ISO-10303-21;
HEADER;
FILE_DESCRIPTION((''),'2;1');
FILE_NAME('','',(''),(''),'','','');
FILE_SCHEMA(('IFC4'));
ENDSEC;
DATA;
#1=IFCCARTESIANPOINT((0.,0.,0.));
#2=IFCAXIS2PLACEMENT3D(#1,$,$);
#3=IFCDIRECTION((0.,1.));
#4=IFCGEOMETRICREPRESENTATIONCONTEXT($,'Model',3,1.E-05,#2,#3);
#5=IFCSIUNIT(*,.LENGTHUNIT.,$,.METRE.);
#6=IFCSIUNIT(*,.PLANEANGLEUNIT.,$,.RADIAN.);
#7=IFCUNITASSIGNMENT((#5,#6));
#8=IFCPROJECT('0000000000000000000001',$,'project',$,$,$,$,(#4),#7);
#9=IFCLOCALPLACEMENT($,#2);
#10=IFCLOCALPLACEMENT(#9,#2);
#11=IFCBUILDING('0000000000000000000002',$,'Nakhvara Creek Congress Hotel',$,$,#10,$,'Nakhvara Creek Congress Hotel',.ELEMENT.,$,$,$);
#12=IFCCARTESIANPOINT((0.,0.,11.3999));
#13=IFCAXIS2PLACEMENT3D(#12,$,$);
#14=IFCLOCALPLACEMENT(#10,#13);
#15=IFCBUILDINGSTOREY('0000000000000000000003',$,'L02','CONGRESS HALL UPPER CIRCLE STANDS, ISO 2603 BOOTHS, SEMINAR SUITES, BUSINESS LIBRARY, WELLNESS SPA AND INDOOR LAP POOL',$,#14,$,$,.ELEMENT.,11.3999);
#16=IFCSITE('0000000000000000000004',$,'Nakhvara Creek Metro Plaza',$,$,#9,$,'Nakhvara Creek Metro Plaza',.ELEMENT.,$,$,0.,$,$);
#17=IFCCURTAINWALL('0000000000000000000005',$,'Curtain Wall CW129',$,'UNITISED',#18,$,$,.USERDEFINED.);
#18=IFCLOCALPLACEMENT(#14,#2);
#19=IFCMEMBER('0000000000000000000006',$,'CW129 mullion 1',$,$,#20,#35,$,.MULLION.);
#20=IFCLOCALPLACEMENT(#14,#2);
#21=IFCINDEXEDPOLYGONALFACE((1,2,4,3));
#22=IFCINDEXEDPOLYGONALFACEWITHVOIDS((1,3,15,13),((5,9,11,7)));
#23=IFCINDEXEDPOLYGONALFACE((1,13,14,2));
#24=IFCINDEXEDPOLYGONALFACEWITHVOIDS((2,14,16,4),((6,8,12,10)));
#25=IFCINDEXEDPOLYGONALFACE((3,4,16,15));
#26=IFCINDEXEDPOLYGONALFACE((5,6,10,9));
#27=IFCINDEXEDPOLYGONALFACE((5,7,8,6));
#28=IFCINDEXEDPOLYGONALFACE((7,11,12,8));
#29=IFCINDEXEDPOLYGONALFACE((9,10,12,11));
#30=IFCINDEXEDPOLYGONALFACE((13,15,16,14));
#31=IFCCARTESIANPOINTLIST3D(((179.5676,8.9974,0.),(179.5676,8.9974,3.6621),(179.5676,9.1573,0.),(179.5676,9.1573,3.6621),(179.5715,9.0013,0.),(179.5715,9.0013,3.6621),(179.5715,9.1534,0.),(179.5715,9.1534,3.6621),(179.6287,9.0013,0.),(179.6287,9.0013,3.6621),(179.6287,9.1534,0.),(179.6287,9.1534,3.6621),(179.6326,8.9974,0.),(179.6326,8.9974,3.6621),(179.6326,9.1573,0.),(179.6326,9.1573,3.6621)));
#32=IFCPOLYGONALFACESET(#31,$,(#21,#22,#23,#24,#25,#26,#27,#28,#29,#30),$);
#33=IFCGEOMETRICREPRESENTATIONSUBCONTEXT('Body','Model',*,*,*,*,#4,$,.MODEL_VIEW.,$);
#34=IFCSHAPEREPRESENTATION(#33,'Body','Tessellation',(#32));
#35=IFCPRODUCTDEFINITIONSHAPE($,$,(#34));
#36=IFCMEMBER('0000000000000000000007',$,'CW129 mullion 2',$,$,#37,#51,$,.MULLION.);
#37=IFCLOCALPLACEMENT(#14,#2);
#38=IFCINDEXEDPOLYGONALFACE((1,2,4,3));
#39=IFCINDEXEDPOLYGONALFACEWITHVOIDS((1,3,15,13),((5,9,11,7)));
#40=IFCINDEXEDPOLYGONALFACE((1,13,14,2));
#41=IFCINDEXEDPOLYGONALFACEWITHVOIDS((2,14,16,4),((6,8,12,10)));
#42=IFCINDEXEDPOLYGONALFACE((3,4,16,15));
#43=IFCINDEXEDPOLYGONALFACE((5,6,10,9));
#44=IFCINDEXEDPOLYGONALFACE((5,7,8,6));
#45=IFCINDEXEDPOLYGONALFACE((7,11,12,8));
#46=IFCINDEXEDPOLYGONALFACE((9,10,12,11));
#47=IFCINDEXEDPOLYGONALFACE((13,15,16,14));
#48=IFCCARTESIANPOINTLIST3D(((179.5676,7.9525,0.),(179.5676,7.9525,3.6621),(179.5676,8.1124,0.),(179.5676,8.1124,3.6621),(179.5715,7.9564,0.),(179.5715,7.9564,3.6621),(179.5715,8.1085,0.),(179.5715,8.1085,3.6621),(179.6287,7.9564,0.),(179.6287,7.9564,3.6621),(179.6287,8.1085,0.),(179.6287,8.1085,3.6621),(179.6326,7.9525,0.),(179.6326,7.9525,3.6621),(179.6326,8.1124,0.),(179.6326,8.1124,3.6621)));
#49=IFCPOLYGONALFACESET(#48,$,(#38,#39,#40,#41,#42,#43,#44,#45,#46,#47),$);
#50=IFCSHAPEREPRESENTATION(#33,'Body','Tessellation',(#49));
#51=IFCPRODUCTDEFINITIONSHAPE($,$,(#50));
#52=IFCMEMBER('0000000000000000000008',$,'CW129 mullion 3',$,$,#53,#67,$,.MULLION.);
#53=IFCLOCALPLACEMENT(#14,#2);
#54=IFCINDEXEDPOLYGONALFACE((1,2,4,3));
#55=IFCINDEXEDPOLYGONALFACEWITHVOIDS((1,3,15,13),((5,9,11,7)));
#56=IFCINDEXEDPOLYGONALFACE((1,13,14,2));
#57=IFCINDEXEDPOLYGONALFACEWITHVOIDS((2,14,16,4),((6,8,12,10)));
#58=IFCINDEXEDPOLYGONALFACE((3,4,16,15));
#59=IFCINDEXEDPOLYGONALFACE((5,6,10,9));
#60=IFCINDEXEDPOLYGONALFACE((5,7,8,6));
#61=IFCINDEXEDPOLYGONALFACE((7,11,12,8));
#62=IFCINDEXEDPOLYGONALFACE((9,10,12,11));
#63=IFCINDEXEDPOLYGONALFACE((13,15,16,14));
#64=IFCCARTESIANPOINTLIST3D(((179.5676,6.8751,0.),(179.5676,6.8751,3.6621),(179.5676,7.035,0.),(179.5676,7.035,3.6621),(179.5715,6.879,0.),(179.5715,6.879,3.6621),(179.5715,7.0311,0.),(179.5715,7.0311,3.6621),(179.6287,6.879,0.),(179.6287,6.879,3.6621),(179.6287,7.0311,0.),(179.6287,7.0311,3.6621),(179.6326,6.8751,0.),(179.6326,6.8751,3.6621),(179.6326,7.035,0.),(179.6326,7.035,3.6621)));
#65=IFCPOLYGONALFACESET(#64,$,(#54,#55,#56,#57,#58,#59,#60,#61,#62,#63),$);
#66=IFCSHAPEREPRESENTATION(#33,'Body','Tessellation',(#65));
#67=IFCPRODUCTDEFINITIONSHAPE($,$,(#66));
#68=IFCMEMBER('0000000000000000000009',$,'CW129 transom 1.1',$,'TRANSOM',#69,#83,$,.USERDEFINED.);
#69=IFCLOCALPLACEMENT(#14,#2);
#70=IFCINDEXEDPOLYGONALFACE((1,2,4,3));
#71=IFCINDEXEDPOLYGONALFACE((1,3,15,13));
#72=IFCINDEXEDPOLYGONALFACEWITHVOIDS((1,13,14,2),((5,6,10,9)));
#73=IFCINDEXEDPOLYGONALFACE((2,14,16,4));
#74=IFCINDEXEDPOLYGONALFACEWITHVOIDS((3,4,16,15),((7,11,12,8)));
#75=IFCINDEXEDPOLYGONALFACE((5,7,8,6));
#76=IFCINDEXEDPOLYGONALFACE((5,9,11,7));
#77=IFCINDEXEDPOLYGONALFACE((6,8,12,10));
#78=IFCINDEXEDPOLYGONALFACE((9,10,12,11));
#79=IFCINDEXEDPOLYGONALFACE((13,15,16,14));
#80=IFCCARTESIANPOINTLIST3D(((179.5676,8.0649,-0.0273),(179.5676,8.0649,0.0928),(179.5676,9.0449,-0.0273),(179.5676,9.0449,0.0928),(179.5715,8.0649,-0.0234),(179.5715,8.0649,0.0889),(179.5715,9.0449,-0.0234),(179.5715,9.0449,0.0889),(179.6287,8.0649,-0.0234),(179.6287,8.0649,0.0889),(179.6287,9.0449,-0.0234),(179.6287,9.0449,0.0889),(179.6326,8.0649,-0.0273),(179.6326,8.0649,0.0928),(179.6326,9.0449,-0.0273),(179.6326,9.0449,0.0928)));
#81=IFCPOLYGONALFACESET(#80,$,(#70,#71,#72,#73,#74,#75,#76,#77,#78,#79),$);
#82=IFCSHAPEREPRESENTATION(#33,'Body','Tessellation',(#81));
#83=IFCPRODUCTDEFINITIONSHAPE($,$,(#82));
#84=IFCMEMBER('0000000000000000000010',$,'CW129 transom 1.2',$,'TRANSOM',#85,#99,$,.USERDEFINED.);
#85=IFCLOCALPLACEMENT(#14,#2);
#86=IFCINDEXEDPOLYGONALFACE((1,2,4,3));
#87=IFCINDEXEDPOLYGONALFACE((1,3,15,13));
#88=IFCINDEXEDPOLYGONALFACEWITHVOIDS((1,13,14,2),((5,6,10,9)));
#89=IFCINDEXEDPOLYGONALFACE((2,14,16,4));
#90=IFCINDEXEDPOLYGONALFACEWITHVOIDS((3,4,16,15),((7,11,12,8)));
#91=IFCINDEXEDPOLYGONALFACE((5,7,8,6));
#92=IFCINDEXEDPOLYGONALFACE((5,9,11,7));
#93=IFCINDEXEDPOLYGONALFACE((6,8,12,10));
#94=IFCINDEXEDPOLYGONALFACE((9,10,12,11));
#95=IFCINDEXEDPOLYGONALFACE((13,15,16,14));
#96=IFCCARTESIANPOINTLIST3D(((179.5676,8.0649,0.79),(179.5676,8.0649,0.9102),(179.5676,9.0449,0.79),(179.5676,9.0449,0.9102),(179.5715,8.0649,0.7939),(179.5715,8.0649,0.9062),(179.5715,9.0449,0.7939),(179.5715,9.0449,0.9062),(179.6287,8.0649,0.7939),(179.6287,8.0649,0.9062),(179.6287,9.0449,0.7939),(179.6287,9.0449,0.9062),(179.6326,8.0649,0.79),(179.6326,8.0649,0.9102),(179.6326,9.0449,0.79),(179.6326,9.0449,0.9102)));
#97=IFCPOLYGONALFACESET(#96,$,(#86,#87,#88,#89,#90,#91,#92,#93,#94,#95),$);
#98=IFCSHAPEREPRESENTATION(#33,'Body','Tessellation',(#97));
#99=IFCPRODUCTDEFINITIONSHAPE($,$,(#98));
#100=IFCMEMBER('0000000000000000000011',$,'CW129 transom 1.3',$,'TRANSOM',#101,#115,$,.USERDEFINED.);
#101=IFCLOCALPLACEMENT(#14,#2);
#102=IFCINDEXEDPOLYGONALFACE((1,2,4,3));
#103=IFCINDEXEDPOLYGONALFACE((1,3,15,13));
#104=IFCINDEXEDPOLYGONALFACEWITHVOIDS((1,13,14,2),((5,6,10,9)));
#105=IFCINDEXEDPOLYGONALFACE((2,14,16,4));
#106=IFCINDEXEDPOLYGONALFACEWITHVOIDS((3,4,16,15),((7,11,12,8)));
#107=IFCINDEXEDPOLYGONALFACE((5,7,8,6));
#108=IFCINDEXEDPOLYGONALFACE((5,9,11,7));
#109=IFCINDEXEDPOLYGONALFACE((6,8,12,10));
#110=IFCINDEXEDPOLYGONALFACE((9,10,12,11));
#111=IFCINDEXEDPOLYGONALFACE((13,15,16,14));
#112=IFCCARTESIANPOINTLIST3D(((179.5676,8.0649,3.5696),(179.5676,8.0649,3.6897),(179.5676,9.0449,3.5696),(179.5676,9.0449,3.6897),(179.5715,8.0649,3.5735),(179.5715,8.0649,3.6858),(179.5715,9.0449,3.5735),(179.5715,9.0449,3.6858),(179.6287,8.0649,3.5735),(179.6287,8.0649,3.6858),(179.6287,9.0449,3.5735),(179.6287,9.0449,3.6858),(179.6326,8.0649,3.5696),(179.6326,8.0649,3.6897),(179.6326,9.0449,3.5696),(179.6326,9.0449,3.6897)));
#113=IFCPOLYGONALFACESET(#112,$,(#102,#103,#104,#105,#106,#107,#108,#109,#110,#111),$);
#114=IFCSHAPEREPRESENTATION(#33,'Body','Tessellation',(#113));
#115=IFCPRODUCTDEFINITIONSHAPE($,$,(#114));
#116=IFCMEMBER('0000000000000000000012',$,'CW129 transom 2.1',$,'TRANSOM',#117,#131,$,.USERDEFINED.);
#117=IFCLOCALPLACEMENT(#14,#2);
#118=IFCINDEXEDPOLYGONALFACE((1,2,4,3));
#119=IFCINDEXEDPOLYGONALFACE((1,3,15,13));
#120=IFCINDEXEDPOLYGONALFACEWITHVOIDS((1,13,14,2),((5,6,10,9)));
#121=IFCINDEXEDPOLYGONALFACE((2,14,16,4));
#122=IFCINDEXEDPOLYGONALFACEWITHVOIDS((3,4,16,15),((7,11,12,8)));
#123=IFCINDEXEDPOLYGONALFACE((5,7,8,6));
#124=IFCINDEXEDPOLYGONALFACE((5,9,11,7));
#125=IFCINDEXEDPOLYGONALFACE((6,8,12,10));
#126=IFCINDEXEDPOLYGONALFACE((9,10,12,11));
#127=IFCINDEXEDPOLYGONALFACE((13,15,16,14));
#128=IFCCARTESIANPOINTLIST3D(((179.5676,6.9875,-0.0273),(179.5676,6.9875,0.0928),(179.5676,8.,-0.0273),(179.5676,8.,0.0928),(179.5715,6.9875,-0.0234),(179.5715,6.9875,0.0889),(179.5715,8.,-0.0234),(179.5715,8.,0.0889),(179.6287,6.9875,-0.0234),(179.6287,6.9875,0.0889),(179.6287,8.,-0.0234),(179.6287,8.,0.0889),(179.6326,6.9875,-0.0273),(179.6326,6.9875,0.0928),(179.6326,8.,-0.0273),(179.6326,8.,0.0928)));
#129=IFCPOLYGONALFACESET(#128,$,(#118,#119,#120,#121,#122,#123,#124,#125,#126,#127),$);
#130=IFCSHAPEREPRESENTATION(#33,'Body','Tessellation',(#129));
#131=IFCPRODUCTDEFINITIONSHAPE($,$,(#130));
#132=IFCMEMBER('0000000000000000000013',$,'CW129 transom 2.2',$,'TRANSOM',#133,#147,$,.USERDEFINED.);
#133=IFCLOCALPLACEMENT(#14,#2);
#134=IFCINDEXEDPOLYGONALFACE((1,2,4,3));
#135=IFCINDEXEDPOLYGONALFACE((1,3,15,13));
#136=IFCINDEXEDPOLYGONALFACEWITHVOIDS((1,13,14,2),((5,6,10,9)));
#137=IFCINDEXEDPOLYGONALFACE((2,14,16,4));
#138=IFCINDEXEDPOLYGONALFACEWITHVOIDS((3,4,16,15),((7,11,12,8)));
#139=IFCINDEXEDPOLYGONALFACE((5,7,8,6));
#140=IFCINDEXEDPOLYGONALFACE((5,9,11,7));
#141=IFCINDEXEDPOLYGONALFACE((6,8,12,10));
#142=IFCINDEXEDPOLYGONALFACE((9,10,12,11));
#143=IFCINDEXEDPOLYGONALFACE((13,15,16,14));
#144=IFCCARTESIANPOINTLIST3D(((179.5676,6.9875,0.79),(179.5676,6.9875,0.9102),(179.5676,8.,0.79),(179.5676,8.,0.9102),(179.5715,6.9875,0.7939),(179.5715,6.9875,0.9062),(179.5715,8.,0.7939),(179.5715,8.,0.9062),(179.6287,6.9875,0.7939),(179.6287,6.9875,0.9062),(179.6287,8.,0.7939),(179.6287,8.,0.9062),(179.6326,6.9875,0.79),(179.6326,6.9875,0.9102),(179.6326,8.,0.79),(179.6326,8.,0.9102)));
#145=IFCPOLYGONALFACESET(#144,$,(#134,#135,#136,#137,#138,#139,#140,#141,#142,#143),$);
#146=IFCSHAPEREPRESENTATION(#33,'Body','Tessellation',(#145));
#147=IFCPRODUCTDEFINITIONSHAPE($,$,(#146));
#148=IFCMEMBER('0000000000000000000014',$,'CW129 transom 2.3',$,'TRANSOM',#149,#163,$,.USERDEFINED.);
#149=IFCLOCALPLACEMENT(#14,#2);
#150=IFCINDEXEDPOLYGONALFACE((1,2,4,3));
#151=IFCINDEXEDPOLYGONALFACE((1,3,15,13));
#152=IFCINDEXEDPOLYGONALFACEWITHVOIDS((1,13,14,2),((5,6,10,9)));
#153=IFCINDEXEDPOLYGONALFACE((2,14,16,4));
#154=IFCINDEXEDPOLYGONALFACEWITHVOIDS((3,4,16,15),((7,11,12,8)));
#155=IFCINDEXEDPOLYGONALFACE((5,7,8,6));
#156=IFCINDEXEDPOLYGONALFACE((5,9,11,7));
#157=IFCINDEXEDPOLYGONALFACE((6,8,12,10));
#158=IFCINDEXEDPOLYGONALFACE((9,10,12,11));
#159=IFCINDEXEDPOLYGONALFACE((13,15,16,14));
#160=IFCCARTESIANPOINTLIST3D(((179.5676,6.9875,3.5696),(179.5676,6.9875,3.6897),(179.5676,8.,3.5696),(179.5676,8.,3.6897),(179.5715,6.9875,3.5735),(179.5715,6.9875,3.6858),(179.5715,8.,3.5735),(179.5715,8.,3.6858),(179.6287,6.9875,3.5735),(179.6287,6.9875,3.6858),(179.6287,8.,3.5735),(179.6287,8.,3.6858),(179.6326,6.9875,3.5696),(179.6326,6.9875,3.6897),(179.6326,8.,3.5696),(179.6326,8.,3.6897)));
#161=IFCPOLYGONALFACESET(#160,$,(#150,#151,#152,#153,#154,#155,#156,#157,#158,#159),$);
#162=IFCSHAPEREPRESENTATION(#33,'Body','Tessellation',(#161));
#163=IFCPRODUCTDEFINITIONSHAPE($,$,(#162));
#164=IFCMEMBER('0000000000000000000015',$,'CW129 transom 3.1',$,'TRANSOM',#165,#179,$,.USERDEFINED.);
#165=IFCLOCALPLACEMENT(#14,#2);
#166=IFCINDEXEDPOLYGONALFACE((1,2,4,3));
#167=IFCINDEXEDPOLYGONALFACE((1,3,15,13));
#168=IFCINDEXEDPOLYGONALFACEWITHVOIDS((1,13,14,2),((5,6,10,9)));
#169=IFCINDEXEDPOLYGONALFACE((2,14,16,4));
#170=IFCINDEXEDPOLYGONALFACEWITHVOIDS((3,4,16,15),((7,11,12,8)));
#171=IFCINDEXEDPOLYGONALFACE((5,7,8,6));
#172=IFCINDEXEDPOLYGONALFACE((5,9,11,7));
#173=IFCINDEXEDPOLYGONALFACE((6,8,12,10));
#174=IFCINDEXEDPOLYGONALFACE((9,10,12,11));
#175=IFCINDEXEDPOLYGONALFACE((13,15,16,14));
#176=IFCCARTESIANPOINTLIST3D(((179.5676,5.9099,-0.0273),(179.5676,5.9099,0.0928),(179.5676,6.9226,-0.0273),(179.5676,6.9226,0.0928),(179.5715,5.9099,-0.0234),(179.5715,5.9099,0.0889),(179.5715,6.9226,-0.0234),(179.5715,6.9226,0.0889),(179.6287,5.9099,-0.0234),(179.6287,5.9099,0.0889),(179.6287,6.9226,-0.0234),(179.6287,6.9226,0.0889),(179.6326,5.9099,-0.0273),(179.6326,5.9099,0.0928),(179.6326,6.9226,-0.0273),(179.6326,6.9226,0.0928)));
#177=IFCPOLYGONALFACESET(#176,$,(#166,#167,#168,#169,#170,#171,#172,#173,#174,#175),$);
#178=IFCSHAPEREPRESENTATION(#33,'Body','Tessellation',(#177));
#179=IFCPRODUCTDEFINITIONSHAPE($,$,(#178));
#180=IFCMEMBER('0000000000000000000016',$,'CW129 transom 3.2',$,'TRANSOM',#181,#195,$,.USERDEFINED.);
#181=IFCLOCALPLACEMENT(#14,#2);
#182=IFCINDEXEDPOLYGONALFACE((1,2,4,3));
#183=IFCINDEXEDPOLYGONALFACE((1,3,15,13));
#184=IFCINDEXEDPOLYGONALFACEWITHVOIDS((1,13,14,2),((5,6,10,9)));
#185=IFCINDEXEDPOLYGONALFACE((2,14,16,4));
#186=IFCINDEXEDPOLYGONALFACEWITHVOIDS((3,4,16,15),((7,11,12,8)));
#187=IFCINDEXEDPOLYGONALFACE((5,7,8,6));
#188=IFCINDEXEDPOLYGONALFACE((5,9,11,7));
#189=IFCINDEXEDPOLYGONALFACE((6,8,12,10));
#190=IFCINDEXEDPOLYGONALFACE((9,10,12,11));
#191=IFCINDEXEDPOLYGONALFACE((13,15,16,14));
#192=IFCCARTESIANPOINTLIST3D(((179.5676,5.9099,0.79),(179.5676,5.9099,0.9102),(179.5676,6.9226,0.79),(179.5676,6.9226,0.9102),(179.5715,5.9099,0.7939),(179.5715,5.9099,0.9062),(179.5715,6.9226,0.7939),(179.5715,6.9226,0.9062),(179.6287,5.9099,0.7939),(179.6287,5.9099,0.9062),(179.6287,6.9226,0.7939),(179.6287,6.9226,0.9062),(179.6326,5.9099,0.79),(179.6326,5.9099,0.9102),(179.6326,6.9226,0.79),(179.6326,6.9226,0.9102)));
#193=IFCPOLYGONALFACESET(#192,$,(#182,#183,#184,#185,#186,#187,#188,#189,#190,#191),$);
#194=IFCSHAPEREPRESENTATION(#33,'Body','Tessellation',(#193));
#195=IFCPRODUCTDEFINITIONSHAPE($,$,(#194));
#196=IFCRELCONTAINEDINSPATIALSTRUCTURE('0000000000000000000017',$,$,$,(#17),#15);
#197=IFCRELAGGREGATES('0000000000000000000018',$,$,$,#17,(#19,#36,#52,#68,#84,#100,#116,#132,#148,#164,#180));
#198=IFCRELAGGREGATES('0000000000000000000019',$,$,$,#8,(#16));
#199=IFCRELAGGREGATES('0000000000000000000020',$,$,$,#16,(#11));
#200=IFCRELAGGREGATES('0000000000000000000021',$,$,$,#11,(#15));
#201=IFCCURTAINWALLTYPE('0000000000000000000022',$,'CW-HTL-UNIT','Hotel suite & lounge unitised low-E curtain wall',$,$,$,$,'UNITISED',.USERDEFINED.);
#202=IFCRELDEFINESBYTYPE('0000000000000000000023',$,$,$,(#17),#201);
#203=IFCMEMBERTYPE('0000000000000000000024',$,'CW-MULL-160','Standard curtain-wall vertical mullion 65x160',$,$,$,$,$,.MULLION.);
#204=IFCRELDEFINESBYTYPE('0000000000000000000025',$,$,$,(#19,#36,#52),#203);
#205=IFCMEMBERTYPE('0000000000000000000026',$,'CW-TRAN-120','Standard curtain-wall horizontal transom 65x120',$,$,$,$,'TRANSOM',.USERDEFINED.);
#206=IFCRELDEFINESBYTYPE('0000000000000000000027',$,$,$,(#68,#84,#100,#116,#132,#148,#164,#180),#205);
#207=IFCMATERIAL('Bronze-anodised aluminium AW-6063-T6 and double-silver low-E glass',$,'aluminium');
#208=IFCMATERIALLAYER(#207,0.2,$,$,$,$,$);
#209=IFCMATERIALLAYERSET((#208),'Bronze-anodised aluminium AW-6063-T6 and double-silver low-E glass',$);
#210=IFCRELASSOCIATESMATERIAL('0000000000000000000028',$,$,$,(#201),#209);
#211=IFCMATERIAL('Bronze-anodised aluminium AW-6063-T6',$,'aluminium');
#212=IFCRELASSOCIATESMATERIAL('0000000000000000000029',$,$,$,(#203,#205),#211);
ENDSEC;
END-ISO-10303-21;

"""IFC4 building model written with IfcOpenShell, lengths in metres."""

from ifc_helpers import new_model, si_unit, direction, frame, origin, origin_2d, place, context, subcontext, project, spatial, hollow_rectangle, extrude, material, layer, layer_set, material_profile, profile_set, type_object, element, aggregate, save


model = new_model("IFC4")

# Units and contexts
model_context = context("Model", 3, precision=1e-05, world=origin(), true_north=direction((0.0, 1.0)))
body_context = subcontext(model_context, "Body", "Model", "MODEL_VIEW")
ifc_project = project(units=[si_unit("LENGTHUNIT", "METRE"), si_unit("PLANEANGLEUNIT", "RADIAN")], contexts=[model_context])

# Site, building, storey
site_placement = place(None, origin())
site = spatial("IfcSite", under=ifc_project, at=site_placement, Name="Nakhvara Creek Metro Plaza", LongName="Nakhvara Creek Metro Plaza", CompositionType="ELEMENT", RefElevation=0.0)
building_placement = place(site_placement, origin())
building = spatial("IfcBuilding", under=site, at=building_placement, Name="Nakhvara Creek Congress Hotel", LongName="Nakhvara Creek Congress Hotel", CompositionType="ELEMENT")
storey_placement = place(building_placement, frame((0.0, 0.0, 11.3999)))
storey = spatial("IfcBuildingStorey", under=building, at=storey_placement, Name="L02", Description="CONGRESS HALL UPPER CIRCLE STANDS, ISO 2603 BOOTHS, SEMINAR SUITES, BUSINESS LIBRARY, WELLNESS SPA AND INDOOR LAP POOL", CompositionType="ELEMENT", Elevation=11.3999)

# Curtain wall, members
ifc_material_1 = material(Name="Bronze-anodised aluminium AW-6063-T6 and double-silver low-E glass", Category="aluminium")
ifc_layer_1 = layer(ifc_material_1, 0.2)
ifc_layer_set_1 = layer_set([ifc_layer_1], Name="Bronze-anodised aluminium AW-6063-T6 and double-silver low-E glass")
curtain_wall_type = type_object("IfcCurtainWallType", Name="CW-HTL-UNIT", Description="Hotel suite & lounge unitised low-E curtain wall", ElementType="UNITISED", PredefinedType="USERDEFINED", material=ifc_layer_set_1)
curtain_wall_placement = place(storey_placement, origin())
curtain_wall = element("IfcCurtainWall", 1, at=curtain_wall_placement, inside=storey, type_object=curtain_wall_type, Name="Curtain Wall CW129", ObjectType="UNITISED", PredefinedType="USERDEFINED")
ifc_material_2 = material(Name="Bronze-anodised aluminium AW-6063-T6", Category="aluminium")
ifc_material_profile_1 = material_profile(ifc_material_2, hollow_rectangle(XDim=0.0649, YDim=0.1599, WallThickness=0.0039, at=origin_2d()), Name="ALU-MULL 65x160x4", Category="LoadBearing")
ifc_profile_set_1 = profile_set([ifc_material_profile_1], Name="Bronze-anodised aluminium AW-6063-T6")
member_type_1 = type_object("IfcMemberType", Name="CW-MULL-160", Description="Standard curtain-wall vertical mullion 65x160", PredefinedType="MULLION", material=ifc_profile_set_1)
member_1_placement = place(storey_placement, frame((179.6001, 9.0774, 0.0), z_axis=(0.0, 0.0, 1.0), x_axis=(1.0, 0.0, 0.0)))
member_1 = element("IfcMember", 2, at=member_1_placement, type_object=member_type_1, Name="CW129 mullion 1", PredefinedType="MULLION", context=body_context, shape_type="SweptSolid", body=[
    extrude(hollow_rectangle(XDim=0.0649, YDim=0.1599, WallThickness=0.0039, at=origin_2d()), origin(), (0.0, 0.0, 1.0), 3.6621),
])
member_2_placement = place(storey_placement, frame((179.6001, 8.0325, 0.0), z_axis=(0.0, 0.0, 1.0), x_axis=(1.0, 0.0, 0.0)))
member_2 = element("IfcMember", 3, at=member_2_placement, type_object=member_type_1, Name="CW129 mullion 2", PredefinedType="MULLION", context=body_context, shape_type="SweptSolid", body=[
    extrude(hollow_rectangle(XDim=0.0649, YDim=0.1599, WallThickness=0.0039, at=origin_2d()), origin(), (0.0, 0.0, 1.0), 3.6621),
])
member_3_placement = place(storey_placement, frame((179.6001, 6.9551, 0.0), z_axis=(0.0, 0.0, 1.0), x_axis=(1.0, 0.0, 0.0)))
member_3 = element("IfcMember", 4, at=member_3_placement, type_object=member_type_1, Name="CW129 mullion 3", PredefinedType="MULLION", context=body_context, shape_type="SweptSolid", body=[
    extrude(hollow_rectangle(XDim=0.0649, YDim=0.1599, WallThickness=0.0039, at=origin_2d()), origin(), (0.0, 0.0, 1.0), 3.6621),
])
ifc_material_profile_2 = material_profile(ifc_material_2, hollow_rectangle(XDim=0.0649, YDim=0.1201, WallThickness=0.0039, at=origin_2d()), Name="ALU-TRAN 65x120x4", Category="LoadBearing")
ifc_profile_set_2 = profile_set([ifc_material_profile_2], Name="Bronze-anodised aluminium AW-6063-T6")
member_type_2 = type_object("IfcMemberType", Name="CW-TRAN-120", Description="Standard curtain-wall horizontal transom 65x120", ElementType="TRANSOM", PredefinedType="USERDEFINED", material=ifc_profile_set_2)
member_4_placement = place(storey_placement, frame((179.6001, 9.0449, 0.0327), z_axis=(0.0, -1.0, 0.0), x_axis=(1.0, 0.0, 0.0)))
member_4 = element("IfcMember", 5, at=member_4_placement, type_object=member_type_2, Name="CW129 transom 1.1", ObjectType="TRANSOM", PredefinedType="USERDEFINED", context=body_context, shape_type="SweptSolid", body=[
    extrude(hollow_rectangle(XDim=0.0649, YDim=0.1201, WallThickness=0.0039, at=origin_2d()), origin(), (0.0, 0.0, 1.0), 0.98),
])
member_5_placement = place(storey_placement, frame((179.6001, 9.0449, 0.8501), z_axis=(0.0, -1.0, 0.0), x_axis=(1.0, 0.0, 0.0)))
member_5 = element("IfcMember", 6, at=member_5_placement, type_object=member_type_2, Name="CW129 transom 1.2", ObjectType="TRANSOM", PredefinedType="USERDEFINED", context=body_context, shape_type="SweptSolid", body=[
    extrude(hollow_rectangle(XDim=0.0649, YDim=0.1201, WallThickness=0.0039, at=origin_2d()), origin(), (0.0, 0.0, 1.0), 0.98),
])
member_6_placement = place(storey_placement, frame((179.6001, 9.0449, 3.6296), z_axis=(0.0, -1.0, 0.0), x_axis=(1.0, 0.0, 0.0)))
member_6 = element("IfcMember", 7, at=member_6_placement, type_object=member_type_2, Name="CW129 transom 1.3", ObjectType="TRANSOM", PredefinedType="USERDEFINED", context=body_context, shape_type="SweptSolid", body=[
    extrude(hollow_rectangle(XDim=0.0649, YDim=0.1201, WallThickness=0.0039, at=origin_2d()), origin(), (0.0, 0.0, 1.0), 0.98),
])
member_7_placement = place(storey_placement, frame((179.6001, 8.0, 0.0327), z_axis=(0.0, -1.0, 0.0), x_axis=(1.0, 0.0, 0.0)))
member_7 = element("IfcMember", 8, at=member_7_placement, type_object=member_type_2, Name="CW129 transom 2.1", ObjectType="TRANSOM", PredefinedType="USERDEFINED", context=body_context, shape_type="SweptSolid", body=[
    extrude(hollow_rectangle(XDim=0.0649, YDim=0.1201, WallThickness=0.0039, at=origin_2d()), origin(), (0.0, 0.0, 1.0), 1.0125),
])
member_8_placement = place(storey_placement, frame((179.6001, 8.0, 0.8501), z_axis=(0.0, -1.0, 0.0), x_axis=(1.0, 0.0, 0.0)))
member_8 = element("IfcMember", 9, at=member_8_placement, type_object=member_type_2, Name="CW129 transom 2.2", ObjectType="TRANSOM", PredefinedType="USERDEFINED", context=body_context, shape_type="SweptSolid", body=[
    extrude(hollow_rectangle(XDim=0.0649, YDim=0.1201, WallThickness=0.0039, at=origin_2d()), origin(), (0.0, 0.0, 1.0), 1.0125),
])
member_9_placement = place(storey_placement, frame((179.6001, 8.0, 3.6296), z_axis=(0.0, -1.0, 0.0), x_axis=(1.0, 0.0, 0.0)))
member_9 = element("IfcMember", 10, at=member_9_placement, type_object=member_type_2, Name="CW129 transom 2.3", ObjectType="TRANSOM", PredefinedType="USERDEFINED", context=body_context, shape_type="SweptSolid", body=[
    extrude(hollow_rectangle(XDim=0.0649, YDim=0.1201, WallThickness=0.0039, at=origin_2d()), origin(), (0.0, 0.0, 1.0), 1.0125),
])
member_10_placement = place(storey_placement, frame((179.6001, 6.9226, 0.0327), z_axis=(0.0, -1.0, 0.0), x_axis=(1.0, 0.0, 0.0)))
member_10 = element("IfcMember", 11, at=member_10_placement, type_object=member_type_2, Name="CW129 transom 3.1", ObjectType="TRANSOM", PredefinedType="USERDEFINED", context=body_context, shape_type="SweptSolid", body=[
    extrude(hollow_rectangle(XDim=0.0649, YDim=0.1201, WallThickness=0.0039, at=origin_2d()), origin(), (0.0, 0.0, 1.0), 1.0127),
])
member_11_placement = place(storey_placement, frame((179.6001, 6.9226, 0.8501), z_axis=(0.0, -1.0, 0.0), x_axis=(1.0, 0.0, 0.0)))
member_11 = element("IfcMember", 12, at=member_11_placement, type_object=member_type_2, Name="CW129 transom 3.2", ObjectType="TRANSOM", PredefinedType="USERDEFINED", context=body_context, shape_type="SweptSolid", body=[
    extrude(hollow_rectangle(XDim=0.0649, YDim=0.1201, WallThickness=0.0039, at=origin_2d()), origin(), (0.0, 0.0, 1.0), 1.0127),
])
aggregate(curtain_wall, [member_1, member_2, member_3, member_4, member_5, member_6, member_7, member_8, member_9, member_10, member_11])

save(model, "model.ifc")
